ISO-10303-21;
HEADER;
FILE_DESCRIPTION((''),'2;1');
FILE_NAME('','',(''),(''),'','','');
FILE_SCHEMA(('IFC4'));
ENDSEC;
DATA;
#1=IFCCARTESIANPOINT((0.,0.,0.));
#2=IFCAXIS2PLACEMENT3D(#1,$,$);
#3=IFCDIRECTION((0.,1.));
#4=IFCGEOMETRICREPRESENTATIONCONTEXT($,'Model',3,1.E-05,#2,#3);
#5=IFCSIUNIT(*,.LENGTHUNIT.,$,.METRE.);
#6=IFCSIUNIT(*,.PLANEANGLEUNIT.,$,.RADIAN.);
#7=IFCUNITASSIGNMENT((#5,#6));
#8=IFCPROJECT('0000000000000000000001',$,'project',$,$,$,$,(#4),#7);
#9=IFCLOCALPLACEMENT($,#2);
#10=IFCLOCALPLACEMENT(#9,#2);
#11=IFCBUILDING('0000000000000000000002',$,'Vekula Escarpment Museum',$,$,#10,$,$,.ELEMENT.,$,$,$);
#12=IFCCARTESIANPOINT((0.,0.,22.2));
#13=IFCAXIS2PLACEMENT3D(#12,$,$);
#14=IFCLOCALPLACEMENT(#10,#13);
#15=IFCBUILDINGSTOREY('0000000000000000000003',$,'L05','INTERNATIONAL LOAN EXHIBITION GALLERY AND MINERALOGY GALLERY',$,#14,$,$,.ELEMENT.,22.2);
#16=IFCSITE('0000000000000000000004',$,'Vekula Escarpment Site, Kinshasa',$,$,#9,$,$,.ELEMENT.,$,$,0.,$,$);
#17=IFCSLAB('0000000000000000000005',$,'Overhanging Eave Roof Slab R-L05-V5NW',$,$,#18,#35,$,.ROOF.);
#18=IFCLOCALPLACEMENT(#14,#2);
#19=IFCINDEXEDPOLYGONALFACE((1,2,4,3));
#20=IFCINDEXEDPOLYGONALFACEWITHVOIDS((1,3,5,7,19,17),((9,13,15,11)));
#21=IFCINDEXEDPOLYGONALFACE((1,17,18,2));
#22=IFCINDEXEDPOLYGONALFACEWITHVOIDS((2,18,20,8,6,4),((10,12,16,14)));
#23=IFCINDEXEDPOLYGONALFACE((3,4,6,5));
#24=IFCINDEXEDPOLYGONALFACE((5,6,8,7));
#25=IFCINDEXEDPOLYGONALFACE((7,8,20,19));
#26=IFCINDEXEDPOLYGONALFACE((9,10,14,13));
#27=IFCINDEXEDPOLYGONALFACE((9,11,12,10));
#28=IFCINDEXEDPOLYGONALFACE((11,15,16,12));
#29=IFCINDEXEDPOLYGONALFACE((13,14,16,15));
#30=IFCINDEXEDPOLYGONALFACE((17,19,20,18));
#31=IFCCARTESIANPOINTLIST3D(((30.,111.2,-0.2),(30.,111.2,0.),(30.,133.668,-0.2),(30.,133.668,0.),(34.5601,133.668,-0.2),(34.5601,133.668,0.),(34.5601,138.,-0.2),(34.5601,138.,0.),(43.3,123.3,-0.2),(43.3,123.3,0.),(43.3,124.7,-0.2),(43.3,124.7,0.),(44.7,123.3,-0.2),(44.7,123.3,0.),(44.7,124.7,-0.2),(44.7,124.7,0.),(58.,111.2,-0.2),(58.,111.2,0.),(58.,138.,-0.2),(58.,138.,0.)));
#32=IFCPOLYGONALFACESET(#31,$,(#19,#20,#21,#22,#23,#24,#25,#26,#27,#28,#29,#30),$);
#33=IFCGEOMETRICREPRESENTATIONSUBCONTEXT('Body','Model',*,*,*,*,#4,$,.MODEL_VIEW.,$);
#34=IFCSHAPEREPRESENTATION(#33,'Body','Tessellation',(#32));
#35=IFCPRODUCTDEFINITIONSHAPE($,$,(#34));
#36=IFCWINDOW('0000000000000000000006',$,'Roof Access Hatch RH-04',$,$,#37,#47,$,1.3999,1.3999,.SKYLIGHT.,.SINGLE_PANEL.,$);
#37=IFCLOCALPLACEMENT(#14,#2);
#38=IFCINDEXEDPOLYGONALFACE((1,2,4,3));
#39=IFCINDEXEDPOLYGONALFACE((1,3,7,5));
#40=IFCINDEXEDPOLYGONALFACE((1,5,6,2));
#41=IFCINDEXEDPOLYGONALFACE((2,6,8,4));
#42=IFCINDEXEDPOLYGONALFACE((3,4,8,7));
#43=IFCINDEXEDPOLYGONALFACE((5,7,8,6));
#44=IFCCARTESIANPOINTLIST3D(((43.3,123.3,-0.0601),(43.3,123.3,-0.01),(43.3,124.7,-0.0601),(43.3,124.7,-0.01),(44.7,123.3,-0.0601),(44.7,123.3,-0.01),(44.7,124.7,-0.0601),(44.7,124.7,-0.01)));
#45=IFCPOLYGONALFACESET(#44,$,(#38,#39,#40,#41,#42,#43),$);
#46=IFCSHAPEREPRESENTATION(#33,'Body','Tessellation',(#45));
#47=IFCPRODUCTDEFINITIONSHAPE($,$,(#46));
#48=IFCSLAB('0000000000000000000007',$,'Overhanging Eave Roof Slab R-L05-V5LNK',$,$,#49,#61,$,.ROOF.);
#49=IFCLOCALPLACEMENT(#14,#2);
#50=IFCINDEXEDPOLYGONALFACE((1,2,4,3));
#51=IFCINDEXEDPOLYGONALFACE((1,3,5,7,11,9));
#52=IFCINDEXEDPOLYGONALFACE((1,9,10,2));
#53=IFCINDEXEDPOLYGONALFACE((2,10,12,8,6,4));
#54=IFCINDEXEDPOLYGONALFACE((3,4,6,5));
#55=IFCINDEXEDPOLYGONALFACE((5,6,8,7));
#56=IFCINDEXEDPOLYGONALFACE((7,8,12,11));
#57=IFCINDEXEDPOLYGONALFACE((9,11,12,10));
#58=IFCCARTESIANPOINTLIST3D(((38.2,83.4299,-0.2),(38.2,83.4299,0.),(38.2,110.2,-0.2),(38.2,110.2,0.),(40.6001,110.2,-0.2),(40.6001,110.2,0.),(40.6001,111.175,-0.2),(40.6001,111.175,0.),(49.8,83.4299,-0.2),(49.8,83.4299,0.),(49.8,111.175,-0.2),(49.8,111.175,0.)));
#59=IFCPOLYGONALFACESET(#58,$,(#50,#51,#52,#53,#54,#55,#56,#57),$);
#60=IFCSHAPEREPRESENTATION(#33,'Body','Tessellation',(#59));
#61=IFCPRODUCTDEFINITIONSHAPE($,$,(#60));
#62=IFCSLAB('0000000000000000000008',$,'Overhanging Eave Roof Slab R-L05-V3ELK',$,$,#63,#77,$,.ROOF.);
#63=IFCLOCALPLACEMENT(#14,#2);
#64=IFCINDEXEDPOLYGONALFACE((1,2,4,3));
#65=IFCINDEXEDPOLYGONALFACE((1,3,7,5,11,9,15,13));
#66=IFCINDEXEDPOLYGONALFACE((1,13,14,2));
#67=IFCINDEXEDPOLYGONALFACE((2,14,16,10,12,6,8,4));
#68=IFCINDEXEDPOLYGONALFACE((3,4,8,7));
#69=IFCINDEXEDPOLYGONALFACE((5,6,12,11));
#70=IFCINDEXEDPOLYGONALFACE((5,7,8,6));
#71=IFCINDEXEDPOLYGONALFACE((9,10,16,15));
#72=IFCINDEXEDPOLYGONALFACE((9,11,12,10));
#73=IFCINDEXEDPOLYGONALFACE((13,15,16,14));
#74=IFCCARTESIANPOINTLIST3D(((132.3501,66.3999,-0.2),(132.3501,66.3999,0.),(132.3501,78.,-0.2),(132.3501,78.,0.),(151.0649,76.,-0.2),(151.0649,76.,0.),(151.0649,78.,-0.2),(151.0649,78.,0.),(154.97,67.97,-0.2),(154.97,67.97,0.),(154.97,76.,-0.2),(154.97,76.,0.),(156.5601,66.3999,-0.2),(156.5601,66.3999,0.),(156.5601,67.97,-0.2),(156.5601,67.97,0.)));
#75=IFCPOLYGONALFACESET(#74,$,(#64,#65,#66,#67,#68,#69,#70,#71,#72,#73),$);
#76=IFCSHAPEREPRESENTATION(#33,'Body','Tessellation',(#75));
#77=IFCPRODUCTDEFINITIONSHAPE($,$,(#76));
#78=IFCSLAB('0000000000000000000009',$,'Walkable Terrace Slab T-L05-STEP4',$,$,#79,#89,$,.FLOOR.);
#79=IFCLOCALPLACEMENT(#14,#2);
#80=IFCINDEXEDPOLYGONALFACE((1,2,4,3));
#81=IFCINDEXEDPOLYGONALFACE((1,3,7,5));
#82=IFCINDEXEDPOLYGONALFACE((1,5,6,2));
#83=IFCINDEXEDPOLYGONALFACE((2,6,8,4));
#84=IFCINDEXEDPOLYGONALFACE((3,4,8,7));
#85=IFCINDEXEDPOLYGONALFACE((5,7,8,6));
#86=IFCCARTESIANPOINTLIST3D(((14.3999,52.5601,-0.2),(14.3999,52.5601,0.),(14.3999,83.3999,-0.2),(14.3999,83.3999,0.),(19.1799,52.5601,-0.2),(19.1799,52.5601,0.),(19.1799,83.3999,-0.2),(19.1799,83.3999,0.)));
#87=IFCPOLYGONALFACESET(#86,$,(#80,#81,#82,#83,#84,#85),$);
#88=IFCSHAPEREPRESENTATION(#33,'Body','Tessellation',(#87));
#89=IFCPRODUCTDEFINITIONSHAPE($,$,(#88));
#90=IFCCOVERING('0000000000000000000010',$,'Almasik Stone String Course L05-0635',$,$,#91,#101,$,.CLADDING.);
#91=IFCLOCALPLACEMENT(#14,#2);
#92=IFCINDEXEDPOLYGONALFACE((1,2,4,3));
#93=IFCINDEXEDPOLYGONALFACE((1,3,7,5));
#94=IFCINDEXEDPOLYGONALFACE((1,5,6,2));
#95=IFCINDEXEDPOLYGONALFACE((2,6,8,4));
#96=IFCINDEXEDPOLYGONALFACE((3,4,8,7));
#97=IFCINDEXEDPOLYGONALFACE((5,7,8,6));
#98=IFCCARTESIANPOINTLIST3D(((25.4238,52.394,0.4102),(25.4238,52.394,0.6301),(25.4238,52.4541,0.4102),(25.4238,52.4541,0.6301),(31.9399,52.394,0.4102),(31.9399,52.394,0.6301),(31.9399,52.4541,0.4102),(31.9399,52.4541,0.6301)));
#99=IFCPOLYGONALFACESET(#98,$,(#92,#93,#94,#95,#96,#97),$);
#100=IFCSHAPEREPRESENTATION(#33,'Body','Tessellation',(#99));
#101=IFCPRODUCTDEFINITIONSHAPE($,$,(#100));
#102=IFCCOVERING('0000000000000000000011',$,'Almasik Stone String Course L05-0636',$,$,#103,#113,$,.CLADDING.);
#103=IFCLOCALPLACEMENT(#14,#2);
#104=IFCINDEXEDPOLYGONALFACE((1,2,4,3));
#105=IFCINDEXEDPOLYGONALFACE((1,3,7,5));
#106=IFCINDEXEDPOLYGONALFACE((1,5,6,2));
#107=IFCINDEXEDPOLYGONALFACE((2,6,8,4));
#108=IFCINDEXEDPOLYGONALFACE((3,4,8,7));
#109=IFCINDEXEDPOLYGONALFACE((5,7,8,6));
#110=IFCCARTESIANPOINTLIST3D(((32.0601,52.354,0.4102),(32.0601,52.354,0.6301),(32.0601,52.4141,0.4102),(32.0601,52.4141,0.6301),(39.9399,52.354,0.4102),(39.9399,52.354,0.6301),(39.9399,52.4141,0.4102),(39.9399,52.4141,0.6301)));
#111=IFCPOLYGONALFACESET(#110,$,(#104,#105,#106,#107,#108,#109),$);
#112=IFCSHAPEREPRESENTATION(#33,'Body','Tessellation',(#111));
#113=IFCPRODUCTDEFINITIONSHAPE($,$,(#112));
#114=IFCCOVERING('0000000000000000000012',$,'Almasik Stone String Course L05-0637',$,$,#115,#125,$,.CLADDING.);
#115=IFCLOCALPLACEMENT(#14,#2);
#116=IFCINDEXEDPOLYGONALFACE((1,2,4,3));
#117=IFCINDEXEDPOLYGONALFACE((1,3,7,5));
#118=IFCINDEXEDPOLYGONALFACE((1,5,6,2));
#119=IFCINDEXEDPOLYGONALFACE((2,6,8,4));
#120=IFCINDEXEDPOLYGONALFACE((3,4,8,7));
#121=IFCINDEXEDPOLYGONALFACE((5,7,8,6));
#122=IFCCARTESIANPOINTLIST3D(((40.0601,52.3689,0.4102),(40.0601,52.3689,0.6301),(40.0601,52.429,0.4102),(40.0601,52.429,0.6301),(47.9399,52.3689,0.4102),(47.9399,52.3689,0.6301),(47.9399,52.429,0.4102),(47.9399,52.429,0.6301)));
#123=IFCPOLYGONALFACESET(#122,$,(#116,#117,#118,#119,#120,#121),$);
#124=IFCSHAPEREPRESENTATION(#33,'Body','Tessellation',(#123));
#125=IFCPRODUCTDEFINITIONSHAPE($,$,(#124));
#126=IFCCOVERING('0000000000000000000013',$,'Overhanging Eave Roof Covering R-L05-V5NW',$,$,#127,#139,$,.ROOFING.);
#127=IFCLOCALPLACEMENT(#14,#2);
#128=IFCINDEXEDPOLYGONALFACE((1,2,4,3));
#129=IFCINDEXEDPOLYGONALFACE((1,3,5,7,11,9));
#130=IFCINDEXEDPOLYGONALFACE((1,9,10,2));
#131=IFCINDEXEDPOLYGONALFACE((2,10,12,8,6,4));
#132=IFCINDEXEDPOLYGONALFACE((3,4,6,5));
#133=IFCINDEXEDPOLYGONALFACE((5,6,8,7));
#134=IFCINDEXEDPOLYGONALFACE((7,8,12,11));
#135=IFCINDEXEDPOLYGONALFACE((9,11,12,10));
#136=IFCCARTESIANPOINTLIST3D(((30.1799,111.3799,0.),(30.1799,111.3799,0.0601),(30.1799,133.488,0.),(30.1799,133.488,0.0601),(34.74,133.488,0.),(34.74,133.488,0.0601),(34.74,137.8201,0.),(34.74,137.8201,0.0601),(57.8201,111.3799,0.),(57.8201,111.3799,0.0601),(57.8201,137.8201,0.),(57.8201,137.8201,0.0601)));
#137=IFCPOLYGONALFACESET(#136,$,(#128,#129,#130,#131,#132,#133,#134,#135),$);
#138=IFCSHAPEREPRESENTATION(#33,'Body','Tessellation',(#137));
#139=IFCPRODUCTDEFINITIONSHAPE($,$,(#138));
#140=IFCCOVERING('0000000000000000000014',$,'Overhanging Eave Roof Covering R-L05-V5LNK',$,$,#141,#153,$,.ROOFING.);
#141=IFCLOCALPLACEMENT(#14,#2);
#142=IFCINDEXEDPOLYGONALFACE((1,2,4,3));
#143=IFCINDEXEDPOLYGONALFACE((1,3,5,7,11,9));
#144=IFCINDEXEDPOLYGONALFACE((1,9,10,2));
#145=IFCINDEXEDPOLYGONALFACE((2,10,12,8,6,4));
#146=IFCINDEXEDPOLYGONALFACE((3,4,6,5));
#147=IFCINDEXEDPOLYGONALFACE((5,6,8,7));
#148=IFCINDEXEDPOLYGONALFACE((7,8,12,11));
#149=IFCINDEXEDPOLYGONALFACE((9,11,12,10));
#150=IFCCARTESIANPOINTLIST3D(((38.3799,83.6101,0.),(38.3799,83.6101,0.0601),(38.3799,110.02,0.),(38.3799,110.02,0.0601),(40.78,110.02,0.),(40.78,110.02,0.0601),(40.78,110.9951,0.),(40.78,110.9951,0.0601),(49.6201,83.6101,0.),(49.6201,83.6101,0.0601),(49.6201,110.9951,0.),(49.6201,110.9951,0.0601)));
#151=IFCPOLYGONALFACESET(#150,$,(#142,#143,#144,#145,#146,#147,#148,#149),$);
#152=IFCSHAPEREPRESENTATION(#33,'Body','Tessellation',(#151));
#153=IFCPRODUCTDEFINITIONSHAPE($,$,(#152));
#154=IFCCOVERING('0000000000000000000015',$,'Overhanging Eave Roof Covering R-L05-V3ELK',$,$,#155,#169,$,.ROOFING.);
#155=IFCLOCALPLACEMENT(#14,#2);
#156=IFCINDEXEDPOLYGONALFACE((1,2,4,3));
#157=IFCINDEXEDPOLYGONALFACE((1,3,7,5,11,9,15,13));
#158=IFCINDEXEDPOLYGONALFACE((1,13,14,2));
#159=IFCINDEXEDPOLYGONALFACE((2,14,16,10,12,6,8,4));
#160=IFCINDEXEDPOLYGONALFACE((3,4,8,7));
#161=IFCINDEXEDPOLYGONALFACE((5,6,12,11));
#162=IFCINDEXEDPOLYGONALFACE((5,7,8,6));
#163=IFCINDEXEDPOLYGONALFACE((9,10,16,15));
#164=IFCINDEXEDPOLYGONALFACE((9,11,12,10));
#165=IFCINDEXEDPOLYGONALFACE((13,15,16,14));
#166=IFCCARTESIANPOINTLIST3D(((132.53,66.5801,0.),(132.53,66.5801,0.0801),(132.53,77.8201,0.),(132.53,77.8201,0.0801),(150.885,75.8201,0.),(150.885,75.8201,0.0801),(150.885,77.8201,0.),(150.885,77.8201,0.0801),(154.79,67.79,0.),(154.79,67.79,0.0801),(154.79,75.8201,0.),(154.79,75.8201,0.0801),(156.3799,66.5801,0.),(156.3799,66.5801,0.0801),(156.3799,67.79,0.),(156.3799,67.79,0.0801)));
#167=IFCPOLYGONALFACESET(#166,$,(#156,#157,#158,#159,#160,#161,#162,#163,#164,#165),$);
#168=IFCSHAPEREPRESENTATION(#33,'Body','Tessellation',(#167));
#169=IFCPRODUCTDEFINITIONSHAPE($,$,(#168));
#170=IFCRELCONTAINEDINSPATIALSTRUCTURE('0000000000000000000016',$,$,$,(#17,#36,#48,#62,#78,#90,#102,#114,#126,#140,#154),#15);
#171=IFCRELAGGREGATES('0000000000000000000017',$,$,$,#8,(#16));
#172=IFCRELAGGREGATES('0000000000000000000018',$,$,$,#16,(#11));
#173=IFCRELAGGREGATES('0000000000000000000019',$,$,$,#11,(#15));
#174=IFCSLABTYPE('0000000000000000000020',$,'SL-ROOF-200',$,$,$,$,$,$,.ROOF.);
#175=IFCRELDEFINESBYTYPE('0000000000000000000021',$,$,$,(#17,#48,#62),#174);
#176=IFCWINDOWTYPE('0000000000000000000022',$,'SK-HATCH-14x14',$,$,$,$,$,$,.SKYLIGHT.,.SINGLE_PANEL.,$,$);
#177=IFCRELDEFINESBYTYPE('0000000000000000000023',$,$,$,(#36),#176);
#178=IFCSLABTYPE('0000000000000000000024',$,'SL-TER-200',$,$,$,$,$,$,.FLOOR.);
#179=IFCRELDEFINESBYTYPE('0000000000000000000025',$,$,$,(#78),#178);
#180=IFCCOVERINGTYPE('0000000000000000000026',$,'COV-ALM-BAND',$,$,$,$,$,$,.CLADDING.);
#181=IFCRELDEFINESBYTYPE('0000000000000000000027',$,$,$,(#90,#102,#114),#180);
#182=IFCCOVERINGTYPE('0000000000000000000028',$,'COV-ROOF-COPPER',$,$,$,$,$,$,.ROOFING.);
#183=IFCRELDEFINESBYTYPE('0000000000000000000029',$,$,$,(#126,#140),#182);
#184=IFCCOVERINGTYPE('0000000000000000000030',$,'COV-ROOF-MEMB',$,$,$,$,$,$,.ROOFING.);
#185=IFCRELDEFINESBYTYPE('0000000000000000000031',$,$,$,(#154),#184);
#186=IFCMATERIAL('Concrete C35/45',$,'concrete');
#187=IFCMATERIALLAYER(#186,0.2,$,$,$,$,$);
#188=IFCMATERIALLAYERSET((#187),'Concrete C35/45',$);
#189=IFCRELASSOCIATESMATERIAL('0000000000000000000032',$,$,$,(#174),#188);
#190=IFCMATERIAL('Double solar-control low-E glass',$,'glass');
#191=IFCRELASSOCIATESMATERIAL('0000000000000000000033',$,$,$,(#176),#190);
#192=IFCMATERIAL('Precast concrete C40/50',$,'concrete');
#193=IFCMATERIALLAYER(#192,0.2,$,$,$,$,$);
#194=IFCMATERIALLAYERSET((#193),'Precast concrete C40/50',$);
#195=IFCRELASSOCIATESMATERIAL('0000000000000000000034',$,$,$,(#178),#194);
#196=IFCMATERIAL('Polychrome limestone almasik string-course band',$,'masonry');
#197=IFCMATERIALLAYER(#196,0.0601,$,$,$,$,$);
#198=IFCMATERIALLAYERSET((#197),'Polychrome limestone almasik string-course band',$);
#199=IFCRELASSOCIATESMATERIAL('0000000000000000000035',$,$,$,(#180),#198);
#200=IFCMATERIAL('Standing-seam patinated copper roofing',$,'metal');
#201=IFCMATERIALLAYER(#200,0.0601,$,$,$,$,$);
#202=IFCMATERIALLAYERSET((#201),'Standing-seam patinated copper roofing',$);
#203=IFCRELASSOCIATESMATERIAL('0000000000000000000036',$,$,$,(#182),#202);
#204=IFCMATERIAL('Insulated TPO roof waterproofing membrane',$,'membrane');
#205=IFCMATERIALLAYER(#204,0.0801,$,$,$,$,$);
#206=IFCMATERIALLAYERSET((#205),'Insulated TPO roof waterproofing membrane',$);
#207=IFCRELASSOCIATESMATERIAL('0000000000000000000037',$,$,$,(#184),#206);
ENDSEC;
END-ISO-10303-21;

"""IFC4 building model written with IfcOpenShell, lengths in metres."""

from ifc_helpers import new_model, si_unit, direction, frame, origin, origin_2d, place, context, subcontext, project, spatial, polyline, rectangle, outline, extrude, material, layer, layer_set, type_object, element, fill, save


model = new_model("IFC4")

# Units and contexts
model_context = context("Model", 3, precision=1e-05, world=origin(), true_north=direction((0.0, 1.0)))
body_context = subcontext(model_context, "Body", "Model", "MODEL_VIEW")
ifc_project = project(units=[si_unit("LENGTHUNIT", "METRE"), si_unit("PLANEANGLEUNIT", "RADIAN")], contexts=[model_context])

# Site, building, storey
site_placement = place(None, origin())
site = spatial("IfcSite", under=ifc_project, at=site_placement, Name="Vekula Escarpment Site, Kinshasa", CompositionType="ELEMENT", RefElevation=0.0)
building_placement = place(site_placement, origin())
building = spatial("IfcBuilding", under=site, at=building_placement, Name="Vekula Escarpment Museum", CompositionType="ELEMENT")
storey_placement = place(building_placement, frame((0.0, 0.0, 22.2)))
storey = spatial("IfcBuildingStorey", under=building, at=storey_placement, Name="L05", Description="INTERNATIONAL LOAN EXHIBITION GALLERY AND MINERALOGY GALLERY", CompositionType="ELEMENT", Elevation=22.2)

# Slab, opening, window
ifc_material_1 = material(Name="Concrete C35/45", Category="concrete")
ifc_layer_1 = layer(ifc_material_1, 0.2)
ifc_layer_set_1 = layer_set([ifc_layer_1], Name="Concrete C35/45")
slab_type_1 = type_object("IfcSlabType", Name="SL-ROOF-200", PredefinedType="ROOF", material=ifc_layer_set_1)
slab_1_placement = place(storey_placement, frame((0.0, 0.0, -0.2)))
slab_1 = element("IfcSlab", 1, at=slab_1_placement, inside=storey, type_object=slab_type_1, Name="Overhanging Eave Roof Slab R-L05-V5NW", PredefinedType="ROOF", context=body_context, shape_type="SweptSolid", body=[
    extrude(outline(polyline([(30.0, 133.668), (34.5601, 133.668), (34.5601, 138.0), (58.0, 138.0), (58.0, 111.2), (30.0, 111.2), (30.0, 133.668)])), origin(), (0.0, 0.0, 1.0), 0.2),
])
opening_placement = place(slab_1_placement, frame((44.0, 124.0, -0.01)))
opening = element("IfcOpeningElement", 2, at=opening_placement, cuts=slab_1, PredefinedType="OPENING", context=body_context, shape_type="SweptSolid", body=[
    extrude(rectangle(XDim=1.3999, YDim=1.3999, at=origin_2d()), origin(), (0.0, 0.0, 1.0), 0.22),
])
ifc_material_2 = material(Name="Double solar-control low-E glass", Category="glass")
window_type = type_object("IfcWindowType", Name="SK-HATCH-14x14", PartitioningType="SINGLE_PANEL", PredefinedType="SKYLIGHT", material=ifc_material_2)
window_placement = place(opening_placement, frame((0.0, 0.0, 0.1499)))
window = element("IfcWindow", 3, at=window_placement, inside=storey, type_object=window_type, Name="Roof Access Hatch RH-04", OverallHeight=1.3999, OverallWidth=1.3999, PartitioningType="SINGLE_PANEL", PredefinedType="SKYLIGHT", context=body_context, shape_type="SweptSolid", body=[
    extrude(rectangle(XDim=1.3999, YDim=1.3999, at=origin_2d()), origin(), (0.0, 0.0, 1.0), 0.05),
])
fill(opening, window)

# Slabs
slab_2_placement = place(storey_placement, frame((0.0, 0.0, -0.2)))
element("IfcSlab", 4, at=slab_2_placement, inside=storey, type_object=slab_type_1, Name="Overhanging Eave Roof Slab R-L05-V5LNK", PredefinedType="ROOF", context=body_context, shape_type="SweptSolid", body=[
    extrude(outline(polyline([(38.2, 110.2), (40.6001, 110.2), (40.6001, 111.175), (49.8, 111.175), (49.8, 83.4299), (38.2, 83.4299), (38.2, 110.2)])), origin(), (0.0, 0.0, 1.0), 0.2),
])
slab_3_placement = place(storey_placement, frame((0.0, 0.0, -0.2)))
element("IfcSlab", 5, at=slab_3_placement, inside=storey, type_object=slab_type_1, Name="Overhanging Eave Roof Slab R-L05-V3ELK", PredefinedType="ROOF", context=body_context, shape_type="SweptSolid", body=[
    extrude(outline(polyline([(151.0649, 78.0), (151.0649, 76.0), (154.97, 76.0), (154.97, 67.97), (156.5601, 67.97), (156.5601, 66.3999), (132.3501, 66.3999), (132.3501, 78.0), (151.0649, 78.0)])), origin(), (0.0, 0.0, 1.0), 0.2),
])
ifc_material_3 = material(Name="Precast concrete C40/50", Category="concrete")
ifc_layer_2 = layer(ifc_material_3, 0.2)
ifc_layer_set_2 = layer_set([ifc_layer_2], Name="Precast concrete C40/50")
slab_type_2 = type_object("IfcSlabType", Name="SL-TER-200", PredefinedType="FLOOR", material=ifc_layer_set_2)
slab_4_placement = place(storey_placement, frame((0.0, 0.0, -0.2)))
element("IfcSlab", 6, at=slab_4_placement, inside=storey, type_object=slab_type_2, Name="Walkable Terrace Slab T-L05-STEP4", PredefinedType="FLOOR", context=body_context, shape_type="SweptSolid", body=[
    extrude(outline(polyline([(14.3999, 52.5601), (19.1799, 52.5601), (19.1799, 83.3999), (14.3999, 83.3999), (14.3999, 52.5601)])), origin(), (0.0, 0.0, 1.0), 0.2),
])

# Coverings
ifc_material_4 = material(Name="Polychrome limestone almasik string-course band", Category="masonry")
ifc_layer_3 = layer(ifc_material_4, 0.0601)
ifc_layer_set_3 = layer_set([ifc_layer_3], Name="Polychrome limestone almasik string-course band")
covering_type_1 = type_object("IfcCoveringType", Name="COV-ALM-BAND", PredefinedType="CLADDING", material=ifc_layer_set_3)
covering_1_placement = place(storey_placement, frame((28.6819, 52.4241, 0.4102), z_axis=(0.0, 0.0, 1.0), x_axis=(1.0, 0.0, 0.0)))
element("IfcCovering", 7, at=covering_1_placement, inside=storey, type_object=covering_type_1, Name="Almasik Stone String Course L05-0635", PredefinedType="CLADDING", context=body_context, shape_type="SweptSolid", body=[
    extrude(rectangle(XDim=6.5161, YDim=0.0601, at=origin_2d()), origin(), (0.0, 0.0, 1.0), 0.22),
])
for number, where, z_axis, x_axis, name in (
    (8, (36.0, 52.384, 0.4102), (0.0, 0.0, 1.0), (1.0, 0.0, 0.0), "Almasik Stone String Course L05-0636"),
    (9, (44.0, 52.3989, 0.4102), (0.0, 0.0, 1.0), (1.0, 0.0, 0.0), "Almasik Stone String Course L05-0637"),
):
    element("IfcCovering", number, at=place(storey_placement, frame(where, z_axis=z_axis, x_axis=x_axis)), inside=storey, type_object=covering_type_1, Name=name, PredefinedType="CLADDING", context=body_context, shape_type="SweptSolid", body=[
        extrude(rectangle(XDim=7.8799, YDim=0.0601, at=origin_2d()), origin(), (0.0, 0.0, 1.0), 0.22),
    ])
ifc_material_5 = material(Name="Standing-seam patinated copper roofing", Category="metal")
ifc_layer_4 = layer(ifc_material_5, 0.0601)
ifc_layer_set_4 = layer_set([ifc_layer_4], Name="Standing-seam patinated copper roofing")
covering_type_2 = type_object("IfcCoveringType", Name="COV-ROOF-COPPER", PredefinedType="ROOFING", material=ifc_layer_set_4)
covering_2_placement = place(storey_placement, origin())
element("IfcCovering", 10, at=covering_2_placement, inside=storey, type_object=covering_type_2, Name="Overhanging Eave Roof Covering R-L05-V5NW", PredefinedType="ROOFING", context=body_context, shape_type="SweptSolid", body=[
    extrude(outline(polyline([(30.1799, 133.488), (34.74, 133.488), (34.74, 137.8201), (57.8201, 137.8201), (57.8201, 111.3799), (30.1799, 111.3799), (30.1799, 133.488)])), origin(), (0.0, 0.0, 1.0), 0.0601),
])
covering_3_placement = place(storey_placement, origin())
element("IfcCovering", 11, at=covering_3_placement, inside=storey, type_object=covering_type_2, Name="Overhanging Eave Roof Covering R-L05-V5LNK", PredefinedType="ROOFING", context=body_context, shape_type="SweptSolid", body=[
    extrude(outline(polyline([(38.3799, 110.02), (40.78, 110.02), (40.78, 110.9951), (49.6201, 110.9951), (49.6201, 83.6101), (38.3799, 83.6101), (38.3799, 110.02)])), origin(), (0.0, 0.0, 1.0), 0.0601),
])
ifc_material_6 = material(Name="Insulated TPO roof waterproofing membrane", Category="membrane")
ifc_layer_5 = layer(ifc_material_6, 0.0801)
ifc_layer_set_5 = layer_set([ifc_layer_5], Name="Insulated TPO roof waterproofing membrane")
covering_type_3 = type_object("IfcCoveringType", Name="COV-ROOF-MEMB", PredefinedType="ROOFING", material=ifc_layer_set_5)
covering_4_placement = place(storey_placement, origin())
element("IfcCovering", 12, at=covering_4_placement, inside=storey, type_object=covering_type_3, Name="Overhanging Eave Roof Covering R-L05-V3ELK", PredefinedType="ROOFING", context=body_context, shape_type="SweptSolid", body=[
    extrude(outline(polyline([(150.885, 77.8201), (150.885, 75.8201), (154.79, 75.8201), (154.79, 67.79), (156.3799, 67.79), (156.3799, 66.5801), (132.53, 66.5801), (132.53, 77.8201), (150.885, 77.8201)])), origin(), (0.0, 0.0, 1.0), 0.0801),
])

save(model, "model.ifc")
